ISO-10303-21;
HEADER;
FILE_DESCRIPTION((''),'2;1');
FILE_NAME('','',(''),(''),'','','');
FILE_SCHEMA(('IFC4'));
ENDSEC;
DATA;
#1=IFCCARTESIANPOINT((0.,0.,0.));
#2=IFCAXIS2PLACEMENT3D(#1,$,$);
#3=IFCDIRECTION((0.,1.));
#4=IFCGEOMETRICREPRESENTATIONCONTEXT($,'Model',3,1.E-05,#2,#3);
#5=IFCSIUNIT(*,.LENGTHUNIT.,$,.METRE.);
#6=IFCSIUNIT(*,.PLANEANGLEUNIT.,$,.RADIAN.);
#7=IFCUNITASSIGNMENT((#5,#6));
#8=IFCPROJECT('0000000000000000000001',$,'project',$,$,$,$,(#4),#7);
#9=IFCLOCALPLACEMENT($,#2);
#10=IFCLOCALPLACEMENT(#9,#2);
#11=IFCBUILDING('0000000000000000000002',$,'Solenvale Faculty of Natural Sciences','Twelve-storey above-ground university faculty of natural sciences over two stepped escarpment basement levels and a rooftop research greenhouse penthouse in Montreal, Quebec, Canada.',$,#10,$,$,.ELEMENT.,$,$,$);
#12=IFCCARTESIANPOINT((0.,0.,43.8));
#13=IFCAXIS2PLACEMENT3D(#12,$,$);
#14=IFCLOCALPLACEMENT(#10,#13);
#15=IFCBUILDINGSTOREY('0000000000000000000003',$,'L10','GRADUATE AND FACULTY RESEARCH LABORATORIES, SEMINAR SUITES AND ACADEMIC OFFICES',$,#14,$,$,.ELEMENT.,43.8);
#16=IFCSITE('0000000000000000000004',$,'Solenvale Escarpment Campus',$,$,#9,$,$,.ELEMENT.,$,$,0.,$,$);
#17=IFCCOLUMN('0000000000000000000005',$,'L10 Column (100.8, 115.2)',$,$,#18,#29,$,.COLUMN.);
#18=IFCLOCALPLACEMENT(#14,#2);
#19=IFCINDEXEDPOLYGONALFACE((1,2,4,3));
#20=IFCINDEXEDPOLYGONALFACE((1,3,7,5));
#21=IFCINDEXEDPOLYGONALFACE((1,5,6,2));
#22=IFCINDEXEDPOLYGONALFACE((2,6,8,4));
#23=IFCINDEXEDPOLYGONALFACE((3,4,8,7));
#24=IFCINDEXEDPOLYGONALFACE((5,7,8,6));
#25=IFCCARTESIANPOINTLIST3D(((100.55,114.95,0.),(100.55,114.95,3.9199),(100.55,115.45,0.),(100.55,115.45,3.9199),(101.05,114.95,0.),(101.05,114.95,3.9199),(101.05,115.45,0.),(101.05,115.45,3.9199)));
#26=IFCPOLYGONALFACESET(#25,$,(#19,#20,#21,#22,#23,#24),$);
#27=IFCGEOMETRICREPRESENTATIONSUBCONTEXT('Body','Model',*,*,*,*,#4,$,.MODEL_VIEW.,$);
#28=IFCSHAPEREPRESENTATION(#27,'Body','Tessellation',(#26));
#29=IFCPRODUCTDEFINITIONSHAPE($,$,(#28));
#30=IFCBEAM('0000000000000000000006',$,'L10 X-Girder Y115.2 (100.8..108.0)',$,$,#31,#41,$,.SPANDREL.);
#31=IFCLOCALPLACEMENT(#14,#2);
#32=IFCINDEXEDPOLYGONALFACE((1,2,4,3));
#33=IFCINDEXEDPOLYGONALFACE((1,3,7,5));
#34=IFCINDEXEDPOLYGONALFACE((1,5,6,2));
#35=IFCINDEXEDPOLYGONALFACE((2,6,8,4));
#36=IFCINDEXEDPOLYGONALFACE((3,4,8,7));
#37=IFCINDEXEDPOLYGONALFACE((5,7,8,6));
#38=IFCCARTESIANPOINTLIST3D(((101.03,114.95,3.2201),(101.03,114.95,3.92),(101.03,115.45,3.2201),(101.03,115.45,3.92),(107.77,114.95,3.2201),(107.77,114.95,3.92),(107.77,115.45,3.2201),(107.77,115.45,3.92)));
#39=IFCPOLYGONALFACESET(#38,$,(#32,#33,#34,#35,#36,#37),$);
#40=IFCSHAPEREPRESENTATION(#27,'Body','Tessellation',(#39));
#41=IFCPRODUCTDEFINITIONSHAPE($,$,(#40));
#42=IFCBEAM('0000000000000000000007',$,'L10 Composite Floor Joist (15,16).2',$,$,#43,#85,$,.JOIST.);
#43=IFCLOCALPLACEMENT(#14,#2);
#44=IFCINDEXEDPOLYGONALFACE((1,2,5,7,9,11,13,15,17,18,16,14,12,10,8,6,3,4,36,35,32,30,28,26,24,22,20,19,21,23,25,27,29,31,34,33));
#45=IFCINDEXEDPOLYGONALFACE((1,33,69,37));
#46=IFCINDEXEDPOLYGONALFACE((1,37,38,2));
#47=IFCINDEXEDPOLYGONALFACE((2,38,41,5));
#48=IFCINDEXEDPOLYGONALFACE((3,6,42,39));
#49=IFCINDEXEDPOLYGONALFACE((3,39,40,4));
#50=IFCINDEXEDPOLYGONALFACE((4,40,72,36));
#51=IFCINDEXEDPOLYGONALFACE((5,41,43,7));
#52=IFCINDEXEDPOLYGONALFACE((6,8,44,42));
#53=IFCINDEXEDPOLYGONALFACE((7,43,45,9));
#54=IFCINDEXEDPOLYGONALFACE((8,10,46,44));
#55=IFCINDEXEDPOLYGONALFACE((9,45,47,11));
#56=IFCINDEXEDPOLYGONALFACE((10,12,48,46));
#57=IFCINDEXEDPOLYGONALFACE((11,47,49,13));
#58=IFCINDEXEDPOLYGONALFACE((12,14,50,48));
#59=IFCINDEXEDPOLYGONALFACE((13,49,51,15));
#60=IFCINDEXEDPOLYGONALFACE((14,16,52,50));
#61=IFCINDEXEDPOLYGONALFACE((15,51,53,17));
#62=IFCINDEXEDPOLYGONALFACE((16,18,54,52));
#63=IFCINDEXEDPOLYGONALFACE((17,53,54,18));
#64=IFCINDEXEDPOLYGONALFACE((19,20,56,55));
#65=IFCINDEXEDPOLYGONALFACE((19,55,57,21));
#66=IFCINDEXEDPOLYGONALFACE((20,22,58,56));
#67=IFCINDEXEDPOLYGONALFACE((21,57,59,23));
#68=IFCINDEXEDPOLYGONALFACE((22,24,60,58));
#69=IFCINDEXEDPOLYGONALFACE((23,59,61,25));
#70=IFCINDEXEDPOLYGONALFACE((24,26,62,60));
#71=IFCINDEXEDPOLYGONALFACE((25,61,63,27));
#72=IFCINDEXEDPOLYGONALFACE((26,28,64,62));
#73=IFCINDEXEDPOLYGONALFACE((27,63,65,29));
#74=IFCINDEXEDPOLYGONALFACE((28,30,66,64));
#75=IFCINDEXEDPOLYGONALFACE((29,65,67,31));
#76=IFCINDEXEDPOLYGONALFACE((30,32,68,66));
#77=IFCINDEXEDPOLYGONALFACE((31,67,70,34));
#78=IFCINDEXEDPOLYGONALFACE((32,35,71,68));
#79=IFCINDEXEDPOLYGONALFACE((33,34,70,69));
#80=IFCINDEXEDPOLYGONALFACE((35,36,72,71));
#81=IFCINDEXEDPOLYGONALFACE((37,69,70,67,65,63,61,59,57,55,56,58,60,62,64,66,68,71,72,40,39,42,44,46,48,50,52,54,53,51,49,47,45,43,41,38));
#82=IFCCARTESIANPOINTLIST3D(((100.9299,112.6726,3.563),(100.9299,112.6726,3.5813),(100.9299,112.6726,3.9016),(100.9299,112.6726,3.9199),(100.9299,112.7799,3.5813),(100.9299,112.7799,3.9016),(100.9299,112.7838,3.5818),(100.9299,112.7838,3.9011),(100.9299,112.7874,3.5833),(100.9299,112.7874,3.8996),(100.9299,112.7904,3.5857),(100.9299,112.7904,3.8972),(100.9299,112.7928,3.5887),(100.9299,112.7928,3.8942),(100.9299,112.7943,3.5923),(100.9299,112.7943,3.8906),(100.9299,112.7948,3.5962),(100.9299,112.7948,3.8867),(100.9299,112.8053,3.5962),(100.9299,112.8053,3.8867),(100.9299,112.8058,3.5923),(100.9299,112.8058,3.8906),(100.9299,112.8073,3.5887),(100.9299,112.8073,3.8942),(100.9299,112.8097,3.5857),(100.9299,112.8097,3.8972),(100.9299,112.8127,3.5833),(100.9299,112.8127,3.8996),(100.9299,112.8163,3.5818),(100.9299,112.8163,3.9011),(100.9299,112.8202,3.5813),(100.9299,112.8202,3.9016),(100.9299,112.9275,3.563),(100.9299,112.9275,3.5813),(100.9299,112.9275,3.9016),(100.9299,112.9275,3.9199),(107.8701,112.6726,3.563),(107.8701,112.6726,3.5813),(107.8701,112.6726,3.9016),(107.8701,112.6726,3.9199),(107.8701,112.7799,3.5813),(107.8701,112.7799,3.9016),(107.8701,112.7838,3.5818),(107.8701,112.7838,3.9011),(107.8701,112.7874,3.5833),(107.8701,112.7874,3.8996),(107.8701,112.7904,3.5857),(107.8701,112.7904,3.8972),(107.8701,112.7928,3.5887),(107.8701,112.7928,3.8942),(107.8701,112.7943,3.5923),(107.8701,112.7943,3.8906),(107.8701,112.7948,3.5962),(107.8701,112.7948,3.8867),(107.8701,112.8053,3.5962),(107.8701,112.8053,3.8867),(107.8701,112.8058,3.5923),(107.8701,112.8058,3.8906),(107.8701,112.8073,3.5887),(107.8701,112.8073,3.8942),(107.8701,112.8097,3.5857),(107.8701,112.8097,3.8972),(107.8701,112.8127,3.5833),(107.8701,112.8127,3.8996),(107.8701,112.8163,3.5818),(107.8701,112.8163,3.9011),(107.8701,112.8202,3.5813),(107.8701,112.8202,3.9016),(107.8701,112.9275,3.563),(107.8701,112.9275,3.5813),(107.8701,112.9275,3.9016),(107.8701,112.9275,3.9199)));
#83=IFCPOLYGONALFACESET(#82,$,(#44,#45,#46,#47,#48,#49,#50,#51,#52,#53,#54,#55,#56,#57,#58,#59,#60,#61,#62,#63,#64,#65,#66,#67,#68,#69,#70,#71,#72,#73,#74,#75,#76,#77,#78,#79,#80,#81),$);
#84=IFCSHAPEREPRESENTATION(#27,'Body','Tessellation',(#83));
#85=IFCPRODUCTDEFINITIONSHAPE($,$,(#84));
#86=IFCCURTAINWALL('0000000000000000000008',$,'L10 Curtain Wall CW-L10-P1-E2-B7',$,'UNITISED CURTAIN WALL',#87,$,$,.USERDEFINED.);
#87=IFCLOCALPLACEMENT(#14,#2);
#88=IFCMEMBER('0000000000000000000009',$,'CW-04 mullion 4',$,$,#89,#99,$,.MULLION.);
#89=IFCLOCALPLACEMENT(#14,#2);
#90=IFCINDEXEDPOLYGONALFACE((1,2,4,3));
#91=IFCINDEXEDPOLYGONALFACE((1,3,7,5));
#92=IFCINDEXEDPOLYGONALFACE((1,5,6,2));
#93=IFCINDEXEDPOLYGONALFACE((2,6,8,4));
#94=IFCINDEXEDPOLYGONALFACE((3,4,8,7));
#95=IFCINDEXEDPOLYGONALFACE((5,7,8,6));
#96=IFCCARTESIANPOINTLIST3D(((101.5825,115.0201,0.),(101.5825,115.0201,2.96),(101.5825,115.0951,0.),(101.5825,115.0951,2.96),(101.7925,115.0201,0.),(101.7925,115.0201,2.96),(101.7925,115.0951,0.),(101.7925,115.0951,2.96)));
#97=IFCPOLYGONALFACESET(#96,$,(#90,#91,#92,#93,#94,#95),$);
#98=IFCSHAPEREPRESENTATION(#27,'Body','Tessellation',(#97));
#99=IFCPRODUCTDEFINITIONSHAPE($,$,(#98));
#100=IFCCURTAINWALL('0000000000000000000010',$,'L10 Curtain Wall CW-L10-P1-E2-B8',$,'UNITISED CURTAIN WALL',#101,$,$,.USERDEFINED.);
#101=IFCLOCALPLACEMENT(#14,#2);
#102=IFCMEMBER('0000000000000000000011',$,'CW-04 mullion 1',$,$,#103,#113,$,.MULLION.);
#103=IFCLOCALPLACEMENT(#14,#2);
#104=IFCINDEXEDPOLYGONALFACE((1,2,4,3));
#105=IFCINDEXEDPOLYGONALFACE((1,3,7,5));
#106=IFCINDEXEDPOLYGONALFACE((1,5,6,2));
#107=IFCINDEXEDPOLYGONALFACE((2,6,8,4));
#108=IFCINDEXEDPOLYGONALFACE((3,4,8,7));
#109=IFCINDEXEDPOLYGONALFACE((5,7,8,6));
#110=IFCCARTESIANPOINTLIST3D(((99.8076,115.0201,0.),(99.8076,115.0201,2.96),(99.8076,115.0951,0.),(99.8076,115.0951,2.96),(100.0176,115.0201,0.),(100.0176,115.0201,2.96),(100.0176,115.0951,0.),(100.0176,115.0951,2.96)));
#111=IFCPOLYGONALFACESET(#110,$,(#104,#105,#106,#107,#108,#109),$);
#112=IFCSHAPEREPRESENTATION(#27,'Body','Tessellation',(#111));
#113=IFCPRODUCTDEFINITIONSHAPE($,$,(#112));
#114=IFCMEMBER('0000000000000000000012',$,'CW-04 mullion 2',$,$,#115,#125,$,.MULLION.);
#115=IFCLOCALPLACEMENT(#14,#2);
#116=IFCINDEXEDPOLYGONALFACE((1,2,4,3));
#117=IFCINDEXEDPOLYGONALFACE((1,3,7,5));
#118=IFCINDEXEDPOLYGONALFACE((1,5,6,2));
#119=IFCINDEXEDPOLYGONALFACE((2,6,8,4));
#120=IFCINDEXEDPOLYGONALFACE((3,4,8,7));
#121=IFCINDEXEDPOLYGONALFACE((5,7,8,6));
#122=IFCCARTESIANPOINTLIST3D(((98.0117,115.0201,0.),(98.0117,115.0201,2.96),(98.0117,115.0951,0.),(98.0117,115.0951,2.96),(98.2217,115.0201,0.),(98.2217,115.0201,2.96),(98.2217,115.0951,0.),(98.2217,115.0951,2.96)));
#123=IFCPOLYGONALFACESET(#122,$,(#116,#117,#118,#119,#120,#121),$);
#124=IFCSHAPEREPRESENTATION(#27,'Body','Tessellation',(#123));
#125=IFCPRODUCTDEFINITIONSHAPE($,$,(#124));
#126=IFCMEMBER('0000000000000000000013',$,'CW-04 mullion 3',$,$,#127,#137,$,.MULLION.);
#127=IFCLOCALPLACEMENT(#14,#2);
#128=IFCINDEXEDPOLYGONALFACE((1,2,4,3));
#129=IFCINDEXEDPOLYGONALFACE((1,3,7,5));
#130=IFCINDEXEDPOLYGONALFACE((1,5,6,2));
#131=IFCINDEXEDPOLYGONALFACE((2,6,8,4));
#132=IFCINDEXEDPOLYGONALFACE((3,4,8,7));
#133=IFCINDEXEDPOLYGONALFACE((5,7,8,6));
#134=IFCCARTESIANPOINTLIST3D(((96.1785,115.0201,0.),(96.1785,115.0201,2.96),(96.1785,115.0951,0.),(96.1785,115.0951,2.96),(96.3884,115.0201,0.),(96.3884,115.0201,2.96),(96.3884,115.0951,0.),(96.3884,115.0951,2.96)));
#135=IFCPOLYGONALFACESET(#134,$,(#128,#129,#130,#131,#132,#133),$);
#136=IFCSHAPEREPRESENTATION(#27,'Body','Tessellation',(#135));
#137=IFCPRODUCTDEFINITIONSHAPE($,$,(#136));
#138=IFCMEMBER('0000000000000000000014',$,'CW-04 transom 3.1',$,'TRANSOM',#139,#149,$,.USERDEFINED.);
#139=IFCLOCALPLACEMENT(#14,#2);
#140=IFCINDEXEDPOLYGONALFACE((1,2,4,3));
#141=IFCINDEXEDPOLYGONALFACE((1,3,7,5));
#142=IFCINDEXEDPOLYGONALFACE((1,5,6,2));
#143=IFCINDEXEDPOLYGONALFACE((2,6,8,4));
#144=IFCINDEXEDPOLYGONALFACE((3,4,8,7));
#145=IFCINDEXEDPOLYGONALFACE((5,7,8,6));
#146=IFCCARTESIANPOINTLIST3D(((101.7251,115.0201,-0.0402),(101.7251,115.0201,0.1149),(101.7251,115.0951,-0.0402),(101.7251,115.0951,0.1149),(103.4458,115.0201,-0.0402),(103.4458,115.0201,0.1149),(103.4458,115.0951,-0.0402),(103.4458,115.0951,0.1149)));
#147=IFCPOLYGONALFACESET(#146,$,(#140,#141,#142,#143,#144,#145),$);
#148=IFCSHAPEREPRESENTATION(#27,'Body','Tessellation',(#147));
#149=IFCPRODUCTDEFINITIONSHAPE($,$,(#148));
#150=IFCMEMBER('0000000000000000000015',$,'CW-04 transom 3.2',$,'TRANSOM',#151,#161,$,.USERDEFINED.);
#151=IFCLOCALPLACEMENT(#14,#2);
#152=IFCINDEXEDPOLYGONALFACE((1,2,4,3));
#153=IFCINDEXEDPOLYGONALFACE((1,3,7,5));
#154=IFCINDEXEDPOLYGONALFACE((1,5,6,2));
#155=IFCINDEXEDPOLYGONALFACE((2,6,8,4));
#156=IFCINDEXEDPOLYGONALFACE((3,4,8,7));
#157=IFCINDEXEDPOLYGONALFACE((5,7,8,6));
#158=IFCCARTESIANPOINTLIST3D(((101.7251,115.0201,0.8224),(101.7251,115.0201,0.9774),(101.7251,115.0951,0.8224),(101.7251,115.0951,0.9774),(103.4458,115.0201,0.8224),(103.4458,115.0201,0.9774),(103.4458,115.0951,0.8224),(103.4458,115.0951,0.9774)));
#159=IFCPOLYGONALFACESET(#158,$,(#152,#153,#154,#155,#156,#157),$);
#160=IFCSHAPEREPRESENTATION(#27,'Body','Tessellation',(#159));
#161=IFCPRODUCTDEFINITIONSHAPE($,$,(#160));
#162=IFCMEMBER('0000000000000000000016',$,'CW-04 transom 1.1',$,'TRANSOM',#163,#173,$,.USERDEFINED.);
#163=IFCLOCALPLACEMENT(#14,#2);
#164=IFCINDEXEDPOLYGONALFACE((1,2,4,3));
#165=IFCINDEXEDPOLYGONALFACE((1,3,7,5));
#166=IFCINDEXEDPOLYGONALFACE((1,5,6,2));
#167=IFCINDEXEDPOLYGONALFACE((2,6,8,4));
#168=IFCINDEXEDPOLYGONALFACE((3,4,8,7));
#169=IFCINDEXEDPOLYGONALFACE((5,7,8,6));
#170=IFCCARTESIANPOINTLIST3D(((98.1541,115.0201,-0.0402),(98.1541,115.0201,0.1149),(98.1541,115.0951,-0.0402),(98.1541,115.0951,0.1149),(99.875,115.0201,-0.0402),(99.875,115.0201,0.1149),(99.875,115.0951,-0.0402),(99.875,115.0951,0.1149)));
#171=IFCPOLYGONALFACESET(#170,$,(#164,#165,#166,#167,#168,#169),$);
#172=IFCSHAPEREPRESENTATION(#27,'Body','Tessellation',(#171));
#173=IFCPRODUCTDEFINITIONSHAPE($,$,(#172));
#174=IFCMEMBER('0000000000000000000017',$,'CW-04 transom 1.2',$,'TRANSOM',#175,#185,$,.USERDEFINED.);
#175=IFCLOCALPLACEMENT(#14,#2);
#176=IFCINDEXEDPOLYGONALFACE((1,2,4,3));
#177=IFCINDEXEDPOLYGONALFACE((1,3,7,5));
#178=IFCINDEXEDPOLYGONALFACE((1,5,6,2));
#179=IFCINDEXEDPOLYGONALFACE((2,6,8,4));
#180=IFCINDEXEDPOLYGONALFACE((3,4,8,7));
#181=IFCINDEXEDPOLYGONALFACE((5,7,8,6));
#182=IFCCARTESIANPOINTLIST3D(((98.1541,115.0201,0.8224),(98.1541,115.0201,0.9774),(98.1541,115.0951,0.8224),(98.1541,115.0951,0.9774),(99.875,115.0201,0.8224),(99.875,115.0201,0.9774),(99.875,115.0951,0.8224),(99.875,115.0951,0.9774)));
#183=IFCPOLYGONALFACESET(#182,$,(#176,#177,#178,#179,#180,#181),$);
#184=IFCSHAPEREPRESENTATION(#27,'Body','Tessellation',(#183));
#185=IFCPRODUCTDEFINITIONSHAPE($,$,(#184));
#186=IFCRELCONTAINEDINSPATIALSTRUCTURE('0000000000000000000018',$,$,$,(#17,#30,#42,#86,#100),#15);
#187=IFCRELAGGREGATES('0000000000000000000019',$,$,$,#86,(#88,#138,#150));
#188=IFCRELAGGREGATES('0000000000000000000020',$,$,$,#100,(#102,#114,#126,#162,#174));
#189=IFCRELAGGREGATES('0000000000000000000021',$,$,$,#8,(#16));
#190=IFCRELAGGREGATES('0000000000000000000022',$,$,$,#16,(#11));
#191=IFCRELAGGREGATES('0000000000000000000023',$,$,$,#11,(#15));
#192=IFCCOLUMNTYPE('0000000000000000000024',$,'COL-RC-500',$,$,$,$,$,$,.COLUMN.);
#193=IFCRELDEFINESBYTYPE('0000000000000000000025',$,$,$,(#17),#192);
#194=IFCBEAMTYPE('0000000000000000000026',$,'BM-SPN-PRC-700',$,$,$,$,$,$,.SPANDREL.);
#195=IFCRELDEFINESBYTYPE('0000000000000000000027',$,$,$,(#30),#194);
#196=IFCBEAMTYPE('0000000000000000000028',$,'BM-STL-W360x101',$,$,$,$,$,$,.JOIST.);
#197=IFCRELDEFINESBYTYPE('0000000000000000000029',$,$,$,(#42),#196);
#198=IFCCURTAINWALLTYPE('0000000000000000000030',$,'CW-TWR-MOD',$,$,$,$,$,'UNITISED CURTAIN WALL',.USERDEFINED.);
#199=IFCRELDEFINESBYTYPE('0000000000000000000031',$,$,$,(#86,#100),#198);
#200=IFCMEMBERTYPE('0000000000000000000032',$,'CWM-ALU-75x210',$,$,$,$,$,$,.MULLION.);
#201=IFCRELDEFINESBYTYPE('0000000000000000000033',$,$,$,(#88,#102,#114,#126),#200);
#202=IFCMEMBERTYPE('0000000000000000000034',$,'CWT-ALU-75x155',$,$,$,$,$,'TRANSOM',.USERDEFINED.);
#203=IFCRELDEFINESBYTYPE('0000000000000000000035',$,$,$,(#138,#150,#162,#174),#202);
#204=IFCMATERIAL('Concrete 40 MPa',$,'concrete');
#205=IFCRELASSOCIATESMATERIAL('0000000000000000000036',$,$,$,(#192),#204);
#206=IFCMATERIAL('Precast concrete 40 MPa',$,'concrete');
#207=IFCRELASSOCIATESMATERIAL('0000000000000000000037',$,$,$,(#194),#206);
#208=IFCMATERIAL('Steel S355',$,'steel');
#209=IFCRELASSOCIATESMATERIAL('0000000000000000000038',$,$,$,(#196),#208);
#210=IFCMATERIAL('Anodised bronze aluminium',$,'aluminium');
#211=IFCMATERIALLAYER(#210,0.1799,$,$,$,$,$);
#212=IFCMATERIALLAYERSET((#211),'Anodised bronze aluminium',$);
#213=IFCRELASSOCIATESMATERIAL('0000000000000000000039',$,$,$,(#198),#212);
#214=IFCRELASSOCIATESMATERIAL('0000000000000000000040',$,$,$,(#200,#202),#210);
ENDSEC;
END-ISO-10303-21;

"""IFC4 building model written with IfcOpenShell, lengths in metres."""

from ifc_helpers import new_model, si_unit, direction, frame, origin, origin_2d, place, context, subcontext, project, spatial, rectangle, i_section, extrude, material, layer, layer_set, material_profile, profile_set, type_object, element, aggregate, save


model = new_model("IFC4")

# Units and contexts
model_context = context("Model", 3, precision=1e-05, world=origin(), true_north=direction((0.0, 1.0)))
body_context = subcontext(model_context, "Body", "Model", "MODEL_VIEW")
ifc_project = project(units=[si_unit("LENGTHUNIT", "METRE"), si_unit("PLANEANGLEUNIT", "RADIAN")], contexts=[model_context])

# Site, building, storey
site_placement = place(None, origin())
site = spatial("IfcSite", under=ifc_project, at=site_placement, Name="Solenvale Escarpment Campus", CompositionType="ELEMENT", RefElevation=0.0)
building_placement = place(site_placement, origin())
building = spatial("IfcBuilding", under=site, at=building_placement, Name="Solenvale Faculty of Natural Sciences", Description="Twelve-storey above-ground university faculty of natural sciences over two stepped escarpment basement levels and a rooftop research greenhouse penthouse in Montreal, Quebec, Canada.", CompositionType="ELEMENT")
storey_placement = place(building_placement, frame((0.0, 0.0, 43.8)))
storey = spatial("IfcBuildingStorey", under=building, at=storey_placement, Name="L10", Description="GRADUATE AND FACULTY RESEARCH LABORATORIES, SEMINAR SUITES AND ACADEMIC OFFICES", CompositionType="ELEMENT", Elevation=43.8)

# Column
ifc_material_1 = material(Name="Concrete 40 MPa", Category="concrete")
ifc_material_profile_1 = material_profile(ifc_material_1, rectangle(XDim=0.5, YDim=0.5, at=origin_2d()), Name="RC-COL-500x500")
ifc_profile_set_1 = profile_set([ifc_material_profile_1], Name="Concrete 40 MPa")
column_type = type_object("IfcColumnType", Name="COL-RC-500", PredefinedType="COLUMN", material=ifc_profile_set_1)
column_placement = place(storey_placement, frame((100.8, 115.2, 0.0), z_axis=(0.0, 0.0, 1.0), x_axis=(1.0, 0.0, 0.0)))
element("IfcColumn", 1, at=column_placement, inside=storey, type_object=column_type, Name="L10 Column (100.8, 115.2)", PredefinedType="COLUMN", context=body_context, shape_type="SweptSolid", body=[
    extrude(rectangle(XDim=0.5, YDim=0.5, at=origin_2d()), origin(), (0.0, 0.0, 1.0), 3.9199),
])

# Beams
ifc_material_2 = material(Name="Precast concrete 40 MPa", Category="concrete")
ifc_material_profile_2 = material_profile(ifc_material_2, rectangle(XDim=0.5, YDim=0.7, at=origin_2d()), Name="RC-BM-500x700")
ifc_profile_set_2 = profile_set([ifc_material_profile_2], Name="Precast concrete 40 MPa")
beam_type_1 = type_object("IfcBeamType", Name="BM-SPN-PRC-700", PredefinedType="SPANDREL", material=ifc_profile_set_2)
beam_1_placement = place(storey_placement, frame((101.03, 115.2, 3.5701), z_axis=(1.0, 0.0, 0.0), x_axis=(0.0, 1.0, 0.0)))
element("IfcBeam", 2, at=beam_1_placement, inside=storey, type_object=beam_type_1, Name="L10 X-Girder Y115.2 (100.8..108.0)", PredefinedType="SPANDREL", context=body_context, shape_type="SweptSolid", body=[
    extrude(rectangle(XDim=0.5, YDim=0.7, at=origin_2d()), origin(), (0.0, 0.0, 1.0), 6.74),
])
ifc_material_3 = material(Name="Steel S355", Category="steel")
ifc_material_profile_3 = material_profile(ifc_material_3, i_section(OverallWidth=0.2549, OverallDepth=0.3569, WebThickness=0.0105, FlangeThickness=0.0183, FilletRadius=0.0149, at=origin_2d()), Name="W360x101")
ifc_profile_set_3 = profile_set([ifc_material_profile_3], Name="Steel S355")
beam_type_2 = type_object("IfcBeamType", Name="BM-STL-W360x101", PredefinedType="JOIST", material=ifc_profile_set_3)
beam_2_placement = place(storey_placement, frame((100.9299, 112.8, 3.7415), z_axis=(1.0, 0.0, 0.0), x_axis=(0.0, 1.0, 0.0)))
element("IfcBeam", 3, at=beam_2_placement, inside=storey, type_object=beam_type_2, Name="L10 Composite Floor Joist (15,16).2", PredefinedType="JOIST", context=body_context, shape_type="SweptSolid", body=[
    extrude(i_section(OverallWidth=0.2549, OverallDepth=0.3569, WebThickness=0.0105, FlangeThickness=0.0183, FilletRadius=0.0149, at=origin_2d()), origin(), (0.0, 0.0, 1.0), 6.9402),
])

# Curtain wall, member
ifc_material_4 = material(Name="Anodised bronze aluminium", Category="aluminium")
ifc_layer_1 = layer(ifc_material_4, 0.1799)
ifc_layer_set_1 = layer_set([ifc_layer_1], Name="Anodised bronze aluminium")
curtain_wall_type = type_object("IfcCurtainWallType", Name="CW-TWR-MOD", ElementType="UNITISED CURTAIN WALL", PredefinedType="USERDEFINED", material=ifc_layer_set_1)
curtain_wall_1_placement = place(storey_placement, origin())
curtain_wall_1 = element("IfcCurtainWall", 4, at=curtain_wall_1_placement, inside=storey, type_object=curtain_wall_type, Name="L10 Curtain Wall CW-L10-P1-E2-B7", ObjectType="UNITISED CURTAIN WALL", PredefinedType="USERDEFINED")
ifc_material_profile_4 = material_profile(ifc_material_4, rectangle(XDim=0.075, YDim=0.21, at=origin_2d()), Name="ALU-MUL-75x210")
ifc_profile_set_4 = profile_set([ifc_material_profile_4], Name="Anodised bronze aluminium")
member_type_1 = type_object("IfcMemberType", Name="CWM-ALU-75x210", PredefinedType="MULLION", material=ifc_profile_set_4)
member_1_placement = place(storey_placement, frame((101.6875, 115.0576, 0.0), z_axis=(0.0, 0.0, 1.0), x_axis=(0.0, -1.0, 0.0)))
member_1 = element("IfcMember", 5, at=member_1_placement, type_object=member_type_1, Name="CW-04 mullion 4", PredefinedType="MULLION", context=body_context, shape_type="SweptSolid", body=[
    extrude(rectangle(XDim=0.075, YDim=0.21, at=origin_2d()), origin(), (0.0, 0.0, 1.0), 2.96),
])

# Curtain wall, members
curtain_wall_2_placement = place(storey_placement, origin())
curtain_wall_2 = element("IfcCurtainWall", 6, at=curtain_wall_2_placement, inside=storey, type_object=curtain_wall_type, Name="L10 Curtain Wall CW-L10-P1-E2-B8", ObjectType="UNITISED CURTAIN WALL", PredefinedType="USERDEFINED")
member_2_placement = place(storey_placement, frame((99.9126, 115.0576, 0.0), z_axis=(0.0, 0.0, 1.0), x_axis=(0.0, -1.0, 0.0)))
member_2 = element("IfcMember", 7, at=member_2_placement, type_object=member_type_1, Name="CW-04 mullion 1", PredefinedType="MULLION", context=body_context, shape_type="SweptSolid", body=[
    extrude(rectangle(XDim=0.075, YDim=0.21, at=origin_2d()), origin(), (0.0, 0.0, 1.0), 2.96),
])
member_3_placement = place(storey_placement, frame((98.1167, 115.0576, 0.0), z_axis=(0.0, 0.0, 1.0), x_axis=(0.0, -1.0, 0.0)))
member_3 = element("IfcMember", 8, at=member_3_placement, type_object=member_type_1, Name="CW-04 mullion 2", PredefinedType="MULLION", context=body_context, shape_type="SweptSolid", body=[
    extrude(rectangle(XDim=0.075, YDim=0.21, at=origin_2d()), origin(), (0.0, 0.0, 1.0), 2.96),
])
member_4_placement = place(storey_placement, frame((96.2834, 115.0576, 0.0), z_axis=(0.0, 0.0, 1.0), x_axis=(0.0, -1.0, 0.0)))
member_4 = element("IfcMember", 9, at=member_4_placement, type_object=member_type_1, Name="CW-04 mullion 3", PredefinedType="MULLION", context=body_context, shape_type="SweptSolid", body=[
    extrude(rectangle(XDim=0.075, YDim=0.21, at=origin_2d()), origin(), (0.0, 0.0, 1.0), 2.96),
])

# Members
ifc_material_profile_5 = material_profile(ifc_material_4, rectangle(XDim=0.075, YDim=0.155, at=origin_2d()), Name="ALU-TRN-75x155")
ifc_profile_set_5 = profile_set([ifc_material_profile_5], Name="Anodised bronze aluminium")
member_type_2 = type_object("IfcMemberType", Name="CWT-ALU-75x155", ElementType="TRANSOM", PredefinedType="USERDEFINED", material=ifc_profile_set_5)
member_5_placement = place(storey_placement, frame((103.4458, 115.0576, 0.0374), z_axis=(-1.0, 0.0, 0.0), x_axis=(0.0, -1.0, 0.0)))
member_5 = element("IfcMember", 10, at=member_5_placement, type_object=member_type_2, Name="CW-04 transom 3.1", ObjectType="TRANSOM", PredefinedType="USERDEFINED", context=body_context, shape_type="SweptSolid", body=[
    extrude(rectangle(XDim=0.075, YDim=0.155, at=origin_2d()), origin(), (0.0, 0.0, 1.0), 1.7207),
])
member_6_placement = place(storey_placement, frame((103.4458, 115.0576, 0.8999), z_axis=(-1.0, 0.0, 0.0), x_axis=(0.0, -1.0, 0.0)))
member_6 = element("IfcMember", 11, at=member_6_placement, type_object=member_type_2, Name="CW-04 transom 3.2", ObjectType="TRANSOM", PredefinedType="USERDEFINED", context=body_context, shape_type="SweptSolid", body=[
    extrude(rectangle(XDim=0.075, YDim=0.155, at=origin_2d()), origin(), (0.0, 0.0, 1.0), 1.7207),
])
member_7_placement = place(storey_placement, frame((99.875, 115.0576, 0.0374), z_axis=(-1.0, 0.0, 0.0), x_axis=(0.0, -1.0, 0.0)))
member_7 = element("IfcMember", 12, at=member_7_placement, type_object=member_type_2, Name="CW-04 transom 1.1", ObjectType="TRANSOM", PredefinedType="USERDEFINED", context=body_context, shape_type="SweptSolid", body=[
    extrude(rectangle(XDim=0.075, YDim=0.155, at=origin_2d()), origin(), (0.0, 0.0, 1.0), 1.7209),
])
member_8_placement = place(storey_placement, frame((99.875, 115.0576, 0.8999), z_axis=(-1.0, 0.0, 0.0), x_axis=(0.0, -1.0, 0.0)))
member_8 = element("IfcMember", 13, at=member_8_placement, type_object=member_type_2, Name="CW-04 transom 1.2", ObjectType="TRANSOM", PredefinedType="USERDEFINED", context=body_context, shape_type="SweptSolid", body=[
    extrude(rectangle(XDim=0.075, YDim=0.155, at=origin_2d()), origin(), (0.0, 0.0, 1.0), 1.7209),
])

aggregate(curtain_wall_1, [member_1, member_5, member_6])
aggregate(curtain_wall_2, [member_2, member_3, member_4, member_7, member_8])

save(model, "model.ifc")
